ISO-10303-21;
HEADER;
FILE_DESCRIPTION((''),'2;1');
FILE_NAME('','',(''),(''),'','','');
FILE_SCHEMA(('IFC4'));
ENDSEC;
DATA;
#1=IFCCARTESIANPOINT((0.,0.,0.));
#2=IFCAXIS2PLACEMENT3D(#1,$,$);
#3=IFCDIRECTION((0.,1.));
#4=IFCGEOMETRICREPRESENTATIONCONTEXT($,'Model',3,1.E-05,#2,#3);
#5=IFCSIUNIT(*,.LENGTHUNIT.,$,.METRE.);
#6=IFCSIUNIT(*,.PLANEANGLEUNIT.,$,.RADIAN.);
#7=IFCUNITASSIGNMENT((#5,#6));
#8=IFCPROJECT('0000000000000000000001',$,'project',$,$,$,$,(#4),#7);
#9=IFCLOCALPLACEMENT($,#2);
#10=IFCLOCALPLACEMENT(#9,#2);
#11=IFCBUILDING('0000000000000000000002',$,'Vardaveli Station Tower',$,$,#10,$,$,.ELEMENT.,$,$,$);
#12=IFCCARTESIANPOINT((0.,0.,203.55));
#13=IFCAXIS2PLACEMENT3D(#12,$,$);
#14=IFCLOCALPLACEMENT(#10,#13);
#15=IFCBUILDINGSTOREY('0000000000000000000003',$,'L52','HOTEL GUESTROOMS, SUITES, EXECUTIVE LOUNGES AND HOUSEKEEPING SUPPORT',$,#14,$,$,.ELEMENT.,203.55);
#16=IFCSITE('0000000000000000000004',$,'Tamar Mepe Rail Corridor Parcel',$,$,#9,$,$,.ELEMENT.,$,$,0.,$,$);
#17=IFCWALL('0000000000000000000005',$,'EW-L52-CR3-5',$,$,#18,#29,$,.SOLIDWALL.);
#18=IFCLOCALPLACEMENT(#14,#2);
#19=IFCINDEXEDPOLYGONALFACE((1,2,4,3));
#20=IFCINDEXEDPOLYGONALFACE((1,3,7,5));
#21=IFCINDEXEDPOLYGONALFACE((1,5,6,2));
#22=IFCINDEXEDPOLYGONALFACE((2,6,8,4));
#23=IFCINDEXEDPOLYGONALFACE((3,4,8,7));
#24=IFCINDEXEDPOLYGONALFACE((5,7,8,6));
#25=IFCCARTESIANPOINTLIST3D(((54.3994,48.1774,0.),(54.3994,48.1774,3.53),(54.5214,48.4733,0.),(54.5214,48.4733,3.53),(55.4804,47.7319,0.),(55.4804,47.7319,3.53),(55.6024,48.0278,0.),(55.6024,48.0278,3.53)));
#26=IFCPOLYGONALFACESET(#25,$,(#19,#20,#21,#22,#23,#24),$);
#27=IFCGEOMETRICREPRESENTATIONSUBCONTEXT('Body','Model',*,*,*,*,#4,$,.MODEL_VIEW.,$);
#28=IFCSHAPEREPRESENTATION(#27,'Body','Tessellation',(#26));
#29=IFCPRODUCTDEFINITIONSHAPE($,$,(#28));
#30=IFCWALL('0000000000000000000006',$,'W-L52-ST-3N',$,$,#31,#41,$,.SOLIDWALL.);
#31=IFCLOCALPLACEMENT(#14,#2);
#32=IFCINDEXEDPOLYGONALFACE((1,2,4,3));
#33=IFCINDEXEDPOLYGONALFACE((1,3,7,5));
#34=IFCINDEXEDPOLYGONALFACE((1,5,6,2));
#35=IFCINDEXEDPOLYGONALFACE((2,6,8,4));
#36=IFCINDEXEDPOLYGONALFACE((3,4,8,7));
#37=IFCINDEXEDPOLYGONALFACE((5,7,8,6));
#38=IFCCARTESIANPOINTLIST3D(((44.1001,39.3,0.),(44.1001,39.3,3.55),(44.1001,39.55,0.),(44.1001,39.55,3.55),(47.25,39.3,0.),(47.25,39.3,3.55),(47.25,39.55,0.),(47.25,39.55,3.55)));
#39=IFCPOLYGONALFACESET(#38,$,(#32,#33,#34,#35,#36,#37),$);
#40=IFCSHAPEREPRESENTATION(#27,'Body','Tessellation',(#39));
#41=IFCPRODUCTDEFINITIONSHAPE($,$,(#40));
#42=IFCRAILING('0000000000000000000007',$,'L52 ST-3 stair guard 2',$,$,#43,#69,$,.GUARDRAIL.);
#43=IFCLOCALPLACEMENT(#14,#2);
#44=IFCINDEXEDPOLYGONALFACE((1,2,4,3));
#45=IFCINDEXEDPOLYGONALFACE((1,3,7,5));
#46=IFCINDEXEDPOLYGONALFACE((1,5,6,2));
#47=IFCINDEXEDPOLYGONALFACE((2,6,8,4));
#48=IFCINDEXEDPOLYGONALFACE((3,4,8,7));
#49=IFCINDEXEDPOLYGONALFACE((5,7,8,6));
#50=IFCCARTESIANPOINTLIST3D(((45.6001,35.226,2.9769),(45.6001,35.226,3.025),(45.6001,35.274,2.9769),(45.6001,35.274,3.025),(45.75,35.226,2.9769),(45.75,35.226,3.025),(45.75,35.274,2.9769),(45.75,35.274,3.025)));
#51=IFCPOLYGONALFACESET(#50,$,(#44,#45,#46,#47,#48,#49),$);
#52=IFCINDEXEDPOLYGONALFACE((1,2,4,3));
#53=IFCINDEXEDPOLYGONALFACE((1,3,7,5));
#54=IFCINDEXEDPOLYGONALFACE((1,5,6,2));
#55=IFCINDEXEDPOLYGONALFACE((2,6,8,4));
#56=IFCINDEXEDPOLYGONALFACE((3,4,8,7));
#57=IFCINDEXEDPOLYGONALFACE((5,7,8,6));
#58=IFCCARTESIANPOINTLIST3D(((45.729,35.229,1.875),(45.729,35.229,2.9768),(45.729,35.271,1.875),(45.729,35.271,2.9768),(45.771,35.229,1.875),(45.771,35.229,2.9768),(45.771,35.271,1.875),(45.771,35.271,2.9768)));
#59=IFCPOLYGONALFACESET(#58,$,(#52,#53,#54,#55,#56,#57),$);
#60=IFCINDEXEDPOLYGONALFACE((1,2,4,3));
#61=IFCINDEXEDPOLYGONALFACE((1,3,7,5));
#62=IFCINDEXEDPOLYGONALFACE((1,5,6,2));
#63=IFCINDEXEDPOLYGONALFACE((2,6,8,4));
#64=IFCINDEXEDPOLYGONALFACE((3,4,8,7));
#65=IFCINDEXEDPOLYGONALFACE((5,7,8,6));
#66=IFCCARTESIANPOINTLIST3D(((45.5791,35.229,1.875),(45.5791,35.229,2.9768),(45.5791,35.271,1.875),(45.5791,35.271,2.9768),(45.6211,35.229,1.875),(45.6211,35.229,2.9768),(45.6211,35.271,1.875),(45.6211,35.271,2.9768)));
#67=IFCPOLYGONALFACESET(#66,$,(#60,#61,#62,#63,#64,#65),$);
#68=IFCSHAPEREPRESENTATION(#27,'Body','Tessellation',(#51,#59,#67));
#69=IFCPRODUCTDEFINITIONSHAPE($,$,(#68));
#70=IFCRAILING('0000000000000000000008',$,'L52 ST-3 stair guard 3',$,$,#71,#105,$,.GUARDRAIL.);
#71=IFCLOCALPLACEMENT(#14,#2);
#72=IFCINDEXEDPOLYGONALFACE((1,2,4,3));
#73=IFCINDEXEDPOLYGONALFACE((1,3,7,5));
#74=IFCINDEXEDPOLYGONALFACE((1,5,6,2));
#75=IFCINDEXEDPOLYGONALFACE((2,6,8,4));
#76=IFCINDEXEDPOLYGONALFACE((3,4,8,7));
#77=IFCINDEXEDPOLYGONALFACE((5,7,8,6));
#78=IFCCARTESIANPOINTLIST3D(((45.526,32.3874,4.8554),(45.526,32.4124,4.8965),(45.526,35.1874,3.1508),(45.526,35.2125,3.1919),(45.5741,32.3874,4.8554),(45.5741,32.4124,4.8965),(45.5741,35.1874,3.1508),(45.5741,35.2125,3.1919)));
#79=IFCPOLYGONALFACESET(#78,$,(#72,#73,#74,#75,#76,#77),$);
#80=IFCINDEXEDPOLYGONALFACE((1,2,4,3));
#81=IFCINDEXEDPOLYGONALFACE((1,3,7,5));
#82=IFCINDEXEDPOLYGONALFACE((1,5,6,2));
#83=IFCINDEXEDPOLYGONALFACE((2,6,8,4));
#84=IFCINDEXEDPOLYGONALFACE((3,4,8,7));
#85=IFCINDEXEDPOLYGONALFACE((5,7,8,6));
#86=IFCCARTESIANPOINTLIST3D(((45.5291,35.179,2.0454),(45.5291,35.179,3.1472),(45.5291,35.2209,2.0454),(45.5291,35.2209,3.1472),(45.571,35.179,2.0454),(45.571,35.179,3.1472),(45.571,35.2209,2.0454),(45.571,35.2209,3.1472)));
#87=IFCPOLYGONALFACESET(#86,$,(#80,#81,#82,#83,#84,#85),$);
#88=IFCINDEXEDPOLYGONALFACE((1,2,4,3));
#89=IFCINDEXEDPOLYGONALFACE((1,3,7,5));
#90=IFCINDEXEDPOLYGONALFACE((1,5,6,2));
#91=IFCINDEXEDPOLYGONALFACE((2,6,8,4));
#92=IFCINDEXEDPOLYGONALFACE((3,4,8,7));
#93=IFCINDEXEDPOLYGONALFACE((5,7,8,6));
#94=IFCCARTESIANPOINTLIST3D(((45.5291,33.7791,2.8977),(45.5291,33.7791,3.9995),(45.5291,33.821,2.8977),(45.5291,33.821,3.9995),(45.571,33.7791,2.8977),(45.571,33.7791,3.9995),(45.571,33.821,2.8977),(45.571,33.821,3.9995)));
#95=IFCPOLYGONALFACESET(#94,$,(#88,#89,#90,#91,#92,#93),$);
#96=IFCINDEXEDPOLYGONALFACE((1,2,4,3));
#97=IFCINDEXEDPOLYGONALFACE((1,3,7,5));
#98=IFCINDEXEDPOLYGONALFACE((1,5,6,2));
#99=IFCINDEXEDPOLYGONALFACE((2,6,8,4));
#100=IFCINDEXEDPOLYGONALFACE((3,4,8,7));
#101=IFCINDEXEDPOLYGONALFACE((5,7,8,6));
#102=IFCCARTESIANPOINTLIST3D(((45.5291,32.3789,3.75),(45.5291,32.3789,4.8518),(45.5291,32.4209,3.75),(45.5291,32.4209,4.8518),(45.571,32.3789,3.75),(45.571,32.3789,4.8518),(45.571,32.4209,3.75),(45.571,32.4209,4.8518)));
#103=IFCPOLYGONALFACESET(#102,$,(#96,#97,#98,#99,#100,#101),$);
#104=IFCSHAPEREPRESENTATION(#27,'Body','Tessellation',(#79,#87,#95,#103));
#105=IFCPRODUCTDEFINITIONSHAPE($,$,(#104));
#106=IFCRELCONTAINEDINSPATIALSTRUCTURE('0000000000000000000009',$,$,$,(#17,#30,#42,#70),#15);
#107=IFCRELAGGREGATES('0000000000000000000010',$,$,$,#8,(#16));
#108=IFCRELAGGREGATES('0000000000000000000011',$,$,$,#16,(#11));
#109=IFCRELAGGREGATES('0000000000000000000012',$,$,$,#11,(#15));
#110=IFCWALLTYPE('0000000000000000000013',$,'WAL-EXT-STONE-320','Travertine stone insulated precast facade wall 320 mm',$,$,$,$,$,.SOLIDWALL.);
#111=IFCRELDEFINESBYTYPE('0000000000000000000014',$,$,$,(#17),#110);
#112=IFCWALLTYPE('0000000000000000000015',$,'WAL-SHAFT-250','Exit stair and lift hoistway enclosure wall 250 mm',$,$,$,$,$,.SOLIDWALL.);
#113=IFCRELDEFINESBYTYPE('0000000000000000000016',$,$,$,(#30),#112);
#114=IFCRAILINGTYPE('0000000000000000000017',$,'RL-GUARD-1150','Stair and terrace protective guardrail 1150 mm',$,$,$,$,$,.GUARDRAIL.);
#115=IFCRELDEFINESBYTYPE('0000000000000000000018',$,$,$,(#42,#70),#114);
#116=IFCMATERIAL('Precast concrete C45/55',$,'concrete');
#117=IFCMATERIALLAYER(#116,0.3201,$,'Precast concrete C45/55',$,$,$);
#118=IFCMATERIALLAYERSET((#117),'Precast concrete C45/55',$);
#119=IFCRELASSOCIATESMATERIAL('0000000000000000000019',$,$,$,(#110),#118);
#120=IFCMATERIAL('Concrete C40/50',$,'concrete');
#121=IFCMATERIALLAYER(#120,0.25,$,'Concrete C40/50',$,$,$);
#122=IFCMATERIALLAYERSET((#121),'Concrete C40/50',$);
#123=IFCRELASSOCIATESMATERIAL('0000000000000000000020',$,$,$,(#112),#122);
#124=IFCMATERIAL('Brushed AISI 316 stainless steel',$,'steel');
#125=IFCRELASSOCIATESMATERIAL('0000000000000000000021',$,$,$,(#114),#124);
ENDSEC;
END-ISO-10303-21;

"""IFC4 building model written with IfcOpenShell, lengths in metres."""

from ifc_helpers import new_model, si_unit, direction, frame, frame_2d, origin, origin_2d, place, context, subcontext, project, spatial, rectangle, extrude, source, transform, mapped, material, layer, layer_set, type_object, element, save


model = new_model("IFC4")

# Units and contexts
model_context = context("Model", 3, precision=1e-05, world=origin(), true_north=direction((0.0, 1.0)))
body_context = subcontext(model_context, "Body", "Model", "MODEL_VIEW")
ifc_project = project(units=[si_unit("LENGTHUNIT", "METRE"), si_unit("PLANEANGLEUNIT", "RADIAN")], contexts=[model_context])

# Site, building, storey
site_placement = place(None, origin())
site = spatial("IfcSite", under=ifc_project, at=site_placement, Name="Tamar Mepe Rail Corridor Parcel", CompositionType="ELEMENT", RefElevation=0.0)
building_placement = place(site_placement, origin())
building = spatial("IfcBuilding", under=site, at=building_placement, Name="Vardaveli Station Tower", CompositionType="ELEMENT")
storey_placement = place(building_placement, frame((0.0, 0.0, 203.55)))
storey = spatial("IfcBuildingStorey", under=building, at=storey_placement, Name="L52", Description="HOTEL GUESTROOMS, SUITES, EXECUTIVE LOUNGES AND HOUSEKEEPING SUPPORT", CompositionType="ELEMENT", Elevation=203.55)

# Shared definitions
ifc_material_1 = material(Name="Precast concrete C45/55", Category="concrete")

# Shared definitions
ifc_layer_1 = layer(ifc_material_1, 0.3201, Name="Precast concrete C45/55")
ifc_layer_set_1 = layer_set([ifc_layer_1], Name="Precast concrete C45/55")
wall_type_1 = type_object("IfcWallType", Name="WAL-EXT-STONE-320", Description="Travertine stone insulated precast facade wall 320 mm", PredefinedType="SOLIDWALL", material=ifc_layer_set_1)

# Walls
shared_shape_1 = source(origin(), body_context, "Body", "SweptSolid", [
    extrude(rectangle(XDim=1.1692, YDim=0.3201, at=frame_2d((0.5845, 0.0))), origin(), (0.0, 0.0, 1.0), 3.53),
])
for number, where, z_axis, x_axis, name in (
    (1, (55.5413, 47.8799, 0.0), (0.0, 0.0, 1.0), (-0.924553, 0.381054, 0.0), "EW-L52-CR3-5"),
):
    element("IfcWall", number, at=place(storey_placement, frame(where, z_axis=z_axis, x_axis=x_axis)), inside=storey, type_object=wall_type_1, Name=name, PredefinedType="SOLIDWALL", context=body_context, shape_type="MappedRepresentation", body=[
        mapped(shared_shape_1, transform((0.0, 0.0, 0.0), scale=1.0)),
    ])
ifc_material_2 = material(Name="Concrete C40/50", Category="concrete")
ifc_layer_2 = layer(ifc_material_2, 0.25, Name="Concrete C40/50")
ifc_layer_set_2 = layer_set([ifc_layer_2], Name="Concrete C40/50")
wall_type_2 = type_object("IfcWallType", Name="WAL-SHAFT-250", Description="Exit stair and lift hoistway enclosure wall 250 mm", PredefinedType="SOLIDWALL", material=ifc_layer_set_2)
shared_shape_2 = source(origin(), body_context, "Body", "SweptSolid", [
    extrude(rectangle(XDim=3.1499, YDim=0.25, at=frame_2d((1.575, 0.0))), origin(), (0.0, 0.0, 1.0), 3.55),
])
wall_1_placement = place(storey_placement, frame((44.1001, 39.425, 0.0), z_axis=(0.0, 0.0, 1.0), x_axis=(1.0, 0.0, 0.0)))
element("IfcWall", 2, at=wall_1_placement, inside=storey, type_object=wall_type_2, Name="W-L52-ST-3N", PredefinedType="SOLIDWALL", context=body_context, shape_type="MappedRepresentation", body=[
    mapped(shared_shape_2, transform((0.0, 0.0, 0.0), scale=1.0)),
])

# Railings
ifc_material_3 = material(Name="Brushed AISI 316 stainless steel", Category="steel")
railing_type = type_object("IfcRailingType", Name="RL-GUARD-1150", Description="Stair and terrace protective guardrail 1150 mm", PredefinedType="GUARDRAIL", material=ifc_material_3)
shared_shape_3 = source(origin(), body_context, "Body", "SweptSolid", [
    extrude(rectangle(XDim=0.0481, YDim=0.0481, at=origin_2d()), frame((0.0, 0.0, 1.126), z_axis=(-1.0, 0.0, 0.0), x_axis=(0.0, -1.0, 0.0)), (0.0, 0.0, 1.0), 0.1499),
    extrude(rectangle(XDim=0.042, YDim=0.042, at=origin_2d()), origin(), (0.0, 0.0, 1.0), 1.1018),
    extrude(rectangle(XDim=0.042, YDim=0.042, at=origin_2d()), frame((-0.1499, 0.0, 0.0)), (0.0, 0.0, 1.0), 1.1018),
])
railing_1_placement = place(storey_placement, frame((45.75, 35.25, 1.875)))
element("IfcRailing", 3, at=railing_1_placement, inside=storey, type_object=railing_type, Name="L52 ST-3 stair guard 2", PredefinedType="GUARDRAIL", context=body_context, shape_type="MappedRepresentation", body=[
    mapped(shared_shape_3, transform((0.0, 0.0, 0.0), scale=1.0)),
])
shared_shape_4 = source(origin(), body_context, "Body", "SweptSolid", [
    extrude(rectangle(XDim=0.0481, YDim=0.0481, at=origin_2d()), frame((0.0, 0.0, 1.126), z_axis=(0.0, -0.85417, 0.519994), x_axis=(1.0, 0.0, 0.0)), (0.0, 0.0, 1.0), 3.2781),
    extrude(rectangle(XDim=0.042, YDim=0.042, at=origin_2d()), origin(), (0.0, 0.0, 1.0), 1.1018),
    extrude(rectangle(XDim=0.042, YDim=0.042, at=origin_2d()), frame((0.0, -1.3999, 0.8523)), (0.0, 0.0, 1.0), 1.1018),
    extrude(rectangle(XDim=0.042, YDim=0.042, at=origin_2d()), frame((0.0, -2.8, 1.7046)), (0.0, 0.0, 1.0), 1.1018),
])
railing_2_placement = place(storey_placement, frame((45.55, 35.2, 2.0454)))
element("IfcRailing", 4, at=railing_2_placement, inside=storey, type_object=railing_type, Name="L52 ST-3 stair guard 3", PredefinedType="GUARDRAIL", context=body_context, shape_type="MappedRepresentation", body=[
    mapped(shared_shape_4, transform((0.0, 0.0, 0.0), scale=1.0)),
])

save(model, "model.ifc")
